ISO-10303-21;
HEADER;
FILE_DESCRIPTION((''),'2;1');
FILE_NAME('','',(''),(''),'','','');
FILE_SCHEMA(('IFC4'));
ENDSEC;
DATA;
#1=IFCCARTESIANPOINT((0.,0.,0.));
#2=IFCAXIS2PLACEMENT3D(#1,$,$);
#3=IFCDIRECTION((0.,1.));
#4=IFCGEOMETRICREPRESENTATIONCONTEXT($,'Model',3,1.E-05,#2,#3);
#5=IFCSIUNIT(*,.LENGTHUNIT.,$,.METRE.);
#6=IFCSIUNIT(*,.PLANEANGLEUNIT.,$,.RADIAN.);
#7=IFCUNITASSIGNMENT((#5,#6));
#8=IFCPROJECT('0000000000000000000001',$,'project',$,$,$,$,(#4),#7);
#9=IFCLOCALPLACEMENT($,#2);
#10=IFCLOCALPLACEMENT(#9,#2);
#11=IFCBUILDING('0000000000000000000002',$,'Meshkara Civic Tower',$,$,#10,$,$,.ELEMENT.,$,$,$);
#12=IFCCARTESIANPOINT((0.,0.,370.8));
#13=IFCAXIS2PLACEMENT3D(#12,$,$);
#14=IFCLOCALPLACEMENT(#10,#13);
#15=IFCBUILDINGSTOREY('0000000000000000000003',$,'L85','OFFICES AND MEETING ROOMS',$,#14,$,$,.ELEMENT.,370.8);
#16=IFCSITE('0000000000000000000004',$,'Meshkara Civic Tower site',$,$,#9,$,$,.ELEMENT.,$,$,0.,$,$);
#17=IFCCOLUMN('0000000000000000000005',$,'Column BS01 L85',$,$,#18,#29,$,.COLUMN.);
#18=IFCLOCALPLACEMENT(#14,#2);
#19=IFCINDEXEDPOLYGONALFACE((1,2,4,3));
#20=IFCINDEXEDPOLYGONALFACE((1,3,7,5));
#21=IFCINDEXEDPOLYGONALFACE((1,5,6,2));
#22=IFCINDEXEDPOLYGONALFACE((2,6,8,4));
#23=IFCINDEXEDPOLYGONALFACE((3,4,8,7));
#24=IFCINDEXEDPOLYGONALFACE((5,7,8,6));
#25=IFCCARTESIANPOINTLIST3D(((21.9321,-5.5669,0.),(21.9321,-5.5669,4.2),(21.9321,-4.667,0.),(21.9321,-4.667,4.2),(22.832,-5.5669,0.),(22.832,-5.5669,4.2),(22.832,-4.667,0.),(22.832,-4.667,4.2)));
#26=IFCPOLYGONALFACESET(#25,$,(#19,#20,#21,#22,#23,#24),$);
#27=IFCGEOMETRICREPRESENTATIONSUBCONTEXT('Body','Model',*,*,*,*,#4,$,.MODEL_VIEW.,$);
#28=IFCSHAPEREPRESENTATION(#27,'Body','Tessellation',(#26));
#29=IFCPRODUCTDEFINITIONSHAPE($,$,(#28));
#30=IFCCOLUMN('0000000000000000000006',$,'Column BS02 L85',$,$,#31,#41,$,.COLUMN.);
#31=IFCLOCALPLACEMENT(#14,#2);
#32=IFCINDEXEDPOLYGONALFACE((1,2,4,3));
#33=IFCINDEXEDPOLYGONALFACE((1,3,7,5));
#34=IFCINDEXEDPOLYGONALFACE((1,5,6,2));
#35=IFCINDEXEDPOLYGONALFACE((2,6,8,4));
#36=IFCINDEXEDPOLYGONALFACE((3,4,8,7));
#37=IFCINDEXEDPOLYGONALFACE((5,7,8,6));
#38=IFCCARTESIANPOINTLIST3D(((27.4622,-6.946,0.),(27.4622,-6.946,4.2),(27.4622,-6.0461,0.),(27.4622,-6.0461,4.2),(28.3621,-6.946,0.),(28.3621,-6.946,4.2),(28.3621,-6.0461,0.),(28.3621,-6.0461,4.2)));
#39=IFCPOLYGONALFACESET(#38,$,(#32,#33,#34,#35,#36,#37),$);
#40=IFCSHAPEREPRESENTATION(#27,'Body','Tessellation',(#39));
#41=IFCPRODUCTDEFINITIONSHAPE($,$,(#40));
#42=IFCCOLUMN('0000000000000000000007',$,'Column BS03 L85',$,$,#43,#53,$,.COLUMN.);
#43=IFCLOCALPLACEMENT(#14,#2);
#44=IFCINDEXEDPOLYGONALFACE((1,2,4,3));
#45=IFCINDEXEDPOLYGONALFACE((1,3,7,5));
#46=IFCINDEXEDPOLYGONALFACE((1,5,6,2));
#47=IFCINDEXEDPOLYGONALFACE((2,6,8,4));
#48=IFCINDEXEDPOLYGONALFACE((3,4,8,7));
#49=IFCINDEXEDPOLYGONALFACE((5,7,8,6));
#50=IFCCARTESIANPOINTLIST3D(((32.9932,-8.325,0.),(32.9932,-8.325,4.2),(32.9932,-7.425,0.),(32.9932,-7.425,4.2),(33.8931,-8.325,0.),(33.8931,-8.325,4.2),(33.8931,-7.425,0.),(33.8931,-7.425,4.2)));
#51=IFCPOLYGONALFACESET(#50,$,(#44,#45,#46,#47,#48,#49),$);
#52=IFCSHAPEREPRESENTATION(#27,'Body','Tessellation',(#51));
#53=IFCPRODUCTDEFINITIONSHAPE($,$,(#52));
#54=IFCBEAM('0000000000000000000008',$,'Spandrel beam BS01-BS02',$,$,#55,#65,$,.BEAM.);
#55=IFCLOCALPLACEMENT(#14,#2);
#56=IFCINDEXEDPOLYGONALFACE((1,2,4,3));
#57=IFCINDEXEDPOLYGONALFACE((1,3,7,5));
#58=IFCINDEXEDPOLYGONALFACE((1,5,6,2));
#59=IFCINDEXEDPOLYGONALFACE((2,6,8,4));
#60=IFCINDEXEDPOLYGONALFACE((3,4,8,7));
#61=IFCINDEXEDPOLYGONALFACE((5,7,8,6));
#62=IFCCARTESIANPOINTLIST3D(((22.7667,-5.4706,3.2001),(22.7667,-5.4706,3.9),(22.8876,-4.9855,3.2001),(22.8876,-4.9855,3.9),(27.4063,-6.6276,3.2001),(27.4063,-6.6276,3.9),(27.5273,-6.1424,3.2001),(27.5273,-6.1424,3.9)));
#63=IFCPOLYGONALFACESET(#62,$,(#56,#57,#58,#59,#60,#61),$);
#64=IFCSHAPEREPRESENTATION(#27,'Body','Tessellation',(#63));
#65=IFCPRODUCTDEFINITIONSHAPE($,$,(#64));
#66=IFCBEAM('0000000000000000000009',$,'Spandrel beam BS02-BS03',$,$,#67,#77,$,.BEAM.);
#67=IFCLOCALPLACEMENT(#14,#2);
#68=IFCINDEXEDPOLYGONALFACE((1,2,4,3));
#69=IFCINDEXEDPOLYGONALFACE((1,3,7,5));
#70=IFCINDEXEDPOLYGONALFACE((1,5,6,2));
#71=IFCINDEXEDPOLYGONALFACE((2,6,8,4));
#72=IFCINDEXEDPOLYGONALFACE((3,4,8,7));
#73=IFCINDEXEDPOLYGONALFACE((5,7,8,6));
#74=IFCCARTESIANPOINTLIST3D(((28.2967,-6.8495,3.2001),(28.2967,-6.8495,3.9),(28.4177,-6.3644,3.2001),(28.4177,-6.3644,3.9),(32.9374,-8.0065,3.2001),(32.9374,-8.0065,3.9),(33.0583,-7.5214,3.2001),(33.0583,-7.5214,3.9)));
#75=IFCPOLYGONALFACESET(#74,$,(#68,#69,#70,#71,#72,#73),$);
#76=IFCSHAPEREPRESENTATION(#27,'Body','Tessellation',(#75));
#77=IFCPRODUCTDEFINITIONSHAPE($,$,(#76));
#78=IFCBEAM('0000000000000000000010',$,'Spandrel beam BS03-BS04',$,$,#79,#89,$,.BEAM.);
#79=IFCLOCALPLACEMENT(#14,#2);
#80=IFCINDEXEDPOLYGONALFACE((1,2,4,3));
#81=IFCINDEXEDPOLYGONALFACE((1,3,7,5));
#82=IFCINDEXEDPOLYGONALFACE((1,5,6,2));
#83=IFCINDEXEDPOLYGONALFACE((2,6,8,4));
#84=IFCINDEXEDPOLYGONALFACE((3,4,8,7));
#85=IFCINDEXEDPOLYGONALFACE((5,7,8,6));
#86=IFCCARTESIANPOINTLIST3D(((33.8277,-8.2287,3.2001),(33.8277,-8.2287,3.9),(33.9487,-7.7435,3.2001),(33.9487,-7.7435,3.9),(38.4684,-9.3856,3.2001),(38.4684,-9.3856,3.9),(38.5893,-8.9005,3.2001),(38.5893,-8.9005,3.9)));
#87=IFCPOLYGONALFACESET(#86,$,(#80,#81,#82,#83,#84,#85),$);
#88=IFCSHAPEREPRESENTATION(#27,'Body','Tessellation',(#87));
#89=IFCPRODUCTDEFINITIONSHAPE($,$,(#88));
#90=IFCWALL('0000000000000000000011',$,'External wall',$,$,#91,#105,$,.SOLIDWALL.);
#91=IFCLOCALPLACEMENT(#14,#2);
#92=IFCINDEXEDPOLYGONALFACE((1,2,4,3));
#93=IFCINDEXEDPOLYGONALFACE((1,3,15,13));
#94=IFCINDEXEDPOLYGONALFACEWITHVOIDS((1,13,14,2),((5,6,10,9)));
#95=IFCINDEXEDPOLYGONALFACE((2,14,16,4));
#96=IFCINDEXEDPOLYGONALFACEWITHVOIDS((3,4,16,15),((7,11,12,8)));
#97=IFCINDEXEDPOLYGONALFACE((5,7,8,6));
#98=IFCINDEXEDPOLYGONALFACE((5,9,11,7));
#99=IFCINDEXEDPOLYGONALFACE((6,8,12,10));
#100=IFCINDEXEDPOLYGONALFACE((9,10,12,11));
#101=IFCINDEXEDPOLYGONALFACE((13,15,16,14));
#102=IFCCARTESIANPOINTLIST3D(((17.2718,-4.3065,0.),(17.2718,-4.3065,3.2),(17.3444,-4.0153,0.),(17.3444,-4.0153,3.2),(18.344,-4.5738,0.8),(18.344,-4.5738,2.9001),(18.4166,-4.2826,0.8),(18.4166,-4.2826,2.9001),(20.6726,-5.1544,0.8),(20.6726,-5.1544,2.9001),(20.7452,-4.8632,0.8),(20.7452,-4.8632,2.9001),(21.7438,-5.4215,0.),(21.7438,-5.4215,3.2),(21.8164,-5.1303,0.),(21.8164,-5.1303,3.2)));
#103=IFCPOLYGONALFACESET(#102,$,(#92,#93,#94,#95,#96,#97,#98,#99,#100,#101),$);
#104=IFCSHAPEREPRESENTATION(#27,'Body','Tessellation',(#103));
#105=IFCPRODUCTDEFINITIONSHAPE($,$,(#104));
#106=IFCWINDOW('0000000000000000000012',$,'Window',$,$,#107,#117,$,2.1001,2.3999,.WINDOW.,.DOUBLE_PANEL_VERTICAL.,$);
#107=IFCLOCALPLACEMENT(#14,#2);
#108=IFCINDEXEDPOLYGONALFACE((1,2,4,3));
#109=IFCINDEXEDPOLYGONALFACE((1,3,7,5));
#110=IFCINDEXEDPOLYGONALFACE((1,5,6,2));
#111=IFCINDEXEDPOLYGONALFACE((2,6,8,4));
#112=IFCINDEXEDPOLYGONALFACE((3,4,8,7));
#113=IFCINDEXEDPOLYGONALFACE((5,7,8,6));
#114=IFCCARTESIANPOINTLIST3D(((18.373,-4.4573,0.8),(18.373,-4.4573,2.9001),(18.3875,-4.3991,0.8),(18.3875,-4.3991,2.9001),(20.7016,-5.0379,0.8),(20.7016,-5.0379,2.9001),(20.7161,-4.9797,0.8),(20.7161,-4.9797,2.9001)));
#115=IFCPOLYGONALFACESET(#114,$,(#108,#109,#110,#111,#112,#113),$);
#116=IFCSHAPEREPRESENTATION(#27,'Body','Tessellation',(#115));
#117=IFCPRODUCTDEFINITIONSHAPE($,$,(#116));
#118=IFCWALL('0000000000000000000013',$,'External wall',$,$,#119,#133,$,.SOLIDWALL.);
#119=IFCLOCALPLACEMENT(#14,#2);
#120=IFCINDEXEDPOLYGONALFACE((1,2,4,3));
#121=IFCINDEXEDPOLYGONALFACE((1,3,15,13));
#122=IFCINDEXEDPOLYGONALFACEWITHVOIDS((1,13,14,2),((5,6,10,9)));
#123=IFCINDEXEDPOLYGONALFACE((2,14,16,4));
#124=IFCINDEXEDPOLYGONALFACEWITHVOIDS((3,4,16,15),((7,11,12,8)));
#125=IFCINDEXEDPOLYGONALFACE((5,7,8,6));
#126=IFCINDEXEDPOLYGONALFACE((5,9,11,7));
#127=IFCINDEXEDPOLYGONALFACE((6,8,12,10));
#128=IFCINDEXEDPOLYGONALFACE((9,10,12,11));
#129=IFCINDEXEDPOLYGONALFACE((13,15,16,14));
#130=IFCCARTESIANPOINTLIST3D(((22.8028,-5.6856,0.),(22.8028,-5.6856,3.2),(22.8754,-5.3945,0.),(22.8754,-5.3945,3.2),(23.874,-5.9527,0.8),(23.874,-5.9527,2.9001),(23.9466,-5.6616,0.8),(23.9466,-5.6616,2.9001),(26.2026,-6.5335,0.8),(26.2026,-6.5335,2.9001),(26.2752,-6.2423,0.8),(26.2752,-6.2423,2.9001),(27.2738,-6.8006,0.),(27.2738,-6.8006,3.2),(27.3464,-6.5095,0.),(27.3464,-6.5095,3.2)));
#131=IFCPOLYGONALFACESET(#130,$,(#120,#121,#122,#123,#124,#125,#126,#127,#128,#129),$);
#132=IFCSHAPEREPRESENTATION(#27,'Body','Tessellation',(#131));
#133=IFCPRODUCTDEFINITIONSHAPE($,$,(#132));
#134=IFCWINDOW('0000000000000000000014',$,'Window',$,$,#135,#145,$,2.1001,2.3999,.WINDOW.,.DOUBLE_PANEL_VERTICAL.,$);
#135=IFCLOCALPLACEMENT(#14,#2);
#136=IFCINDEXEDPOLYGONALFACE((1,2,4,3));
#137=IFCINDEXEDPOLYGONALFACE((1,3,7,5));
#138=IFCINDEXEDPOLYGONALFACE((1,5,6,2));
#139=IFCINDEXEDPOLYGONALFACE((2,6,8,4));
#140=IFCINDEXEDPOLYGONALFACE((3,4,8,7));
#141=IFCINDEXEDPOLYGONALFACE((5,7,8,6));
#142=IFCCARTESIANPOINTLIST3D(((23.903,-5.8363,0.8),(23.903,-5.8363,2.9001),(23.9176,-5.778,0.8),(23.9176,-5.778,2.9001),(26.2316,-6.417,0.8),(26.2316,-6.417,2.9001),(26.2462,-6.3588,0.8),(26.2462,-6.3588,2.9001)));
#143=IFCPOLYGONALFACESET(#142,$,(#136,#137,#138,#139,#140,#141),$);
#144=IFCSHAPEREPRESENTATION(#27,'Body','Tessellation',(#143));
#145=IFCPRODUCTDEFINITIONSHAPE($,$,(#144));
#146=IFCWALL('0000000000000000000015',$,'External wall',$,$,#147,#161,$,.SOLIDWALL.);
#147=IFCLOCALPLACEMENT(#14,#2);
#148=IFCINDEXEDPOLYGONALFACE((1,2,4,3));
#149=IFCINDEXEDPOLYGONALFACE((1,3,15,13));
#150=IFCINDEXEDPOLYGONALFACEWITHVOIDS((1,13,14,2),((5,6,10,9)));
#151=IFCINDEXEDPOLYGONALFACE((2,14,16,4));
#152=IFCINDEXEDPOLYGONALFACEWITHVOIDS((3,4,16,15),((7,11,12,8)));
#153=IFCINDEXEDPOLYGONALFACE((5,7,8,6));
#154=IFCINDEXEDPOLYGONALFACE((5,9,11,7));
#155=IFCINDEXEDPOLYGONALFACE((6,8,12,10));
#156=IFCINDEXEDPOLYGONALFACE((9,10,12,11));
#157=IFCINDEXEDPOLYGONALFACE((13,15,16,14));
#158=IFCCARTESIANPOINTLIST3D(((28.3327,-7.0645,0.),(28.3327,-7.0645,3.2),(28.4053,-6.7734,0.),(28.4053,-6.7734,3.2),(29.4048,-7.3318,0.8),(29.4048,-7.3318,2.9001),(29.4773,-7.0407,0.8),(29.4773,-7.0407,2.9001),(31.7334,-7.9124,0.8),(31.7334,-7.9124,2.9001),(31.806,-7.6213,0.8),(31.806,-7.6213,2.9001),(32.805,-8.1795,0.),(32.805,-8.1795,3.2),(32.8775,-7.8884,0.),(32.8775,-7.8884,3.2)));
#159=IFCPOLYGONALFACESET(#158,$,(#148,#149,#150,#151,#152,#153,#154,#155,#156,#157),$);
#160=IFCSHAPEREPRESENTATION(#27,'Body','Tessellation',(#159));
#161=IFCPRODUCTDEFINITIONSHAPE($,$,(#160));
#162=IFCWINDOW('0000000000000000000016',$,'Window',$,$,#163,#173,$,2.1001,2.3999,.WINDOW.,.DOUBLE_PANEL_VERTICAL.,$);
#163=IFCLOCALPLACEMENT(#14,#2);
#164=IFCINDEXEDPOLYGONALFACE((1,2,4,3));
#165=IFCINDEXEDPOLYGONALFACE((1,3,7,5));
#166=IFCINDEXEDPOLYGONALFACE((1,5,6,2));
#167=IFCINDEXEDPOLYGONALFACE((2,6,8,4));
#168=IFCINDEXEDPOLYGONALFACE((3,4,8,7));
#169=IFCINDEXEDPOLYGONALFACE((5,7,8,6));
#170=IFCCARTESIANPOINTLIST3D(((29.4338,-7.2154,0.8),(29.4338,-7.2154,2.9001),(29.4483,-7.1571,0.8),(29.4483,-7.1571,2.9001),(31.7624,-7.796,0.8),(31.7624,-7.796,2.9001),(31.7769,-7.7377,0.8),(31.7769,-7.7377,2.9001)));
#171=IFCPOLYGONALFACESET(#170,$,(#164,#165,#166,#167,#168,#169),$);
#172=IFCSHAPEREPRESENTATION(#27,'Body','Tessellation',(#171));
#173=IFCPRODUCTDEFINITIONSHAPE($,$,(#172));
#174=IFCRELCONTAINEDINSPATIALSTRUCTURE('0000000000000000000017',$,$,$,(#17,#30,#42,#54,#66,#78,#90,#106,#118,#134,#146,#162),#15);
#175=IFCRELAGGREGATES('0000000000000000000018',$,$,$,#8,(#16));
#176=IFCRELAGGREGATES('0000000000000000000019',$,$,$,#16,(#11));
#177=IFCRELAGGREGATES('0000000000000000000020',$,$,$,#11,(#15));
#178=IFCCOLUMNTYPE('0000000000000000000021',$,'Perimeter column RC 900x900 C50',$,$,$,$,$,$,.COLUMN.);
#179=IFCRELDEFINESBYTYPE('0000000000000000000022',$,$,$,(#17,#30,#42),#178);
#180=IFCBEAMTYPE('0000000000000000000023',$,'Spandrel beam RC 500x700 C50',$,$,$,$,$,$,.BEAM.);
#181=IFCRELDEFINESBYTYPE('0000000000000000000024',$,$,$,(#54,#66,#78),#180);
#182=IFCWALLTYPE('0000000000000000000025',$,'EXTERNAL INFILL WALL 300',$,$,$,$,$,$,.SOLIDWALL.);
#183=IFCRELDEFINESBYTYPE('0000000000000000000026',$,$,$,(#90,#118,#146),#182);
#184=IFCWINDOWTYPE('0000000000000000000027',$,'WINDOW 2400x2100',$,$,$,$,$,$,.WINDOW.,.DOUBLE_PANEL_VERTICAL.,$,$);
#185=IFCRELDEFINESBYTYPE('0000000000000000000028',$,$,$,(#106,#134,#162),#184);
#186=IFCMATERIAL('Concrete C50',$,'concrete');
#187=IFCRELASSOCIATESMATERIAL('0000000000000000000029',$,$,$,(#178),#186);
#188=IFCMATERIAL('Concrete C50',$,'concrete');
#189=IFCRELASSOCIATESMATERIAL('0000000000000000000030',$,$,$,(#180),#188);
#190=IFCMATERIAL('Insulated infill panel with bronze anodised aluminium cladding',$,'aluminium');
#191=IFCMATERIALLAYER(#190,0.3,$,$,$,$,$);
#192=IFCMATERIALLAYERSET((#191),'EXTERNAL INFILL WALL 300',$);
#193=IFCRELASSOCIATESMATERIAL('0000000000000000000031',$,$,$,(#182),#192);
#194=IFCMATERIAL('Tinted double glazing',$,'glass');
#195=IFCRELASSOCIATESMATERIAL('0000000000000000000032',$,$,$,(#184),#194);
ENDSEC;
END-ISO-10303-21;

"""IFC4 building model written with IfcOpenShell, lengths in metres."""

from ifc_helpers import new_model, si_unit, direction, frame, frame_2d, origin, origin_2d, place, context, subcontext, project, spatial, rectangle, extrude, material, layer, layer_set, material_profile, profile_set, type_object, element, fill, save


model = new_model("IFC4")

# Units and contexts
model_context = context("Model", 3, precision=1e-05, world=origin(), true_north=direction((0.0, 1.0)))
body_context = subcontext(model_context, "Body", "Model", "MODEL_VIEW")
ifc_project = project(units=[si_unit("LENGTHUNIT", "METRE"), si_unit("PLANEANGLEUNIT", "RADIAN")], contexts=[model_context])

# Site, building, storey
site_placement = place(None, origin())
site = spatial("IfcSite", under=ifc_project, at=site_placement, Name="Meshkara Civic Tower site", CompositionType="ELEMENT", RefElevation=0.0)
building_placement = place(site_placement, origin())
building = spatial("IfcBuilding", under=site, at=building_placement, Name="Meshkara Civic Tower", CompositionType="ELEMENT")
storey_placement = place(building_placement, frame((0.0, 0.0, 370.8)))
storey = spatial("IfcBuildingStorey", under=building, at=storey_placement, Name="L85", Description="OFFICES AND MEETING ROOMS", CompositionType="ELEMENT", Elevation=370.8)

# Columns
ifc_material_1 = material(Name="Concrete C50", Category="concrete")
ifc_material_profile_1 = material_profile(ifc_material_1, rectangle(XDim=0.8999, YDim=0.8999, at=origin_2d()))
ifc_profile_set_1 = profile_set([ifc_material_profile_1], Name="Concrete C50")
column_type = type_object("IfcColumnType", Name="Perimeter column RC 900x900 C50", PredefinedType="COLUMN", material=ifc_profile_set_1)
for number, where, z_axis, x_axis, name in (
    (1, (22.3821, -5.1169, 0.0), (0.0, 0.0, 1.0), (1.0, 0.0, 0.0), "Column BS01 L85"),
    (2, (27.9121, -6.4961, 0.0), (0.0, 0.0, 1.0), (1.0, 0.0, 0.0), "Column BS02 L85"),
    (3, (33.4431, -7.875, 0.0), (0.0, 0.0, 1.0), (1.0, 0.0, 0.0), "Column BS03 L85"),
):
    element("IfcColumn", number, at=place(storey_placement, frame(where, z_axis=z_axis, x_axis=x_axis)), inside=storey, type_object=column_type, Name=name, PredefinedType="COLUMN", context=body_context, shape_type="SweptSolid", body=[
        extrude(rectangle(XDim=0.8999, YDim=0.8999, at=origin_2d()), origin(), (0.0, 0.0, 1.0), 4.2),
    ])

# Beams
ifc_material_2 = material(Name="Concrete C50", Category="concrete")
ifc_material_profile_2 = material_profile(ifc_material_2, rectangle(XDim=0.5, YDim=0.7, at=origin_2d()))
ifc_profile_set_2 = profile_set([ifc_material_profile_2], Name="Concrete C50")
beam_type = type_object("IfcBeamType", Name="Spandrel beam RC 500x700 C50", PredefinedType="BEAM", material=ifc_profile_set_2)
beam_placement = place(storey_placement, frame((22.8271, -5.228, 3.55), z_axis=(0.970286, -0.241959, 0.0), x_axis=(0.241959, 0.970286, 0.0)))
element("IfcBeam", 4, at=beam_placement, inside=storey, type_object=beam_type, Name="Spandrel beam BS01-BS02", PredefinedType="BEAM", context=body_context, shape_type="SweptSolid", body=[
    extrude(rectangle(XDim=0.5, YDim=0.7, at=origin_2d()), origin(), (0.0, 0.0, 1.0), 4.7817),
])
for number, where, z_axis, x_axis, name in (
    (5, (28.3572, -6.6069, 3.55), (0.970298, -0.241911, 0.0), (0.241911, 0.970298, 0.0), "Spandrel beam BS02-BS03"),
    (6, (33.8882, -7.9861, 3.55), (0.970298, -0.241911, 0.0), (0.241911, 0.970298, 0.0), "Spandrel beam BS03-BS04"),
):
    element("IfcBeam", number, at=place(storey_placement, frame(where, z_axis=z_axis, x_axis=x_axis)), inside=storey, type_object=beam_type, Name=name, PredefinedType="BEAM", context=body_context, shape_type="SweptSolid", body=[
        extrude(rectangle(XDim=0.5, YDim=0.7, at=origin_2d()), origin(), (0.0, 0.0, 1.0), 4.7827),
    ])

# Walls, openings, windows
ifc_material_3 = material(Name="Insulated infill panel with bronze anodised aluminium cladding", Category="aluminium")
ifc_layer_1 = layer(ifc_material_3, 0.3)
ifc_layer_set_1 = layer_set([ifc_layer_1], Name="EXTERNAL INFILL WALL 300")
wall_type_1 = type_object("IfcWallType", Name="EXTERNAL INFILL WALL 300", PredefinedType="SOLIDWALL", material=ifc_layer_set_1)
wall_1_placement = place(storey_placement, frame((17.3081, -4.1609, 0.0), z_axis=(0.0, 0.0, 1.0), x_axis=(0.970295, -0.241925, 0.0)))
wall_1 = element("IfcWall", 7, at=wall_1_placement, inside=storey, type_object=wall_type_1, Name="External wall", PredefinedType="SOLIDWALL", context=body_context, shape_type="SweptSolid", body=[
    extrude(rectangle(XDim=4.6089, YDim=0.3, at=frame_2d((2.3044, 0.0))), origin(), (0.0, 0.0, 1.0), 3.2),
])
opening_1_placement = place(wall_1_placement, frame((1.105, 0.0, 0.8)))
opening_1 = element("IfcOpeningElement", 8, at=opening_1_placement, cuts=wall_1, PredefinedType="OPENING", context=body_context, shape_type="SweptSolid", body=[
    extrude(rectangle(XDim=2.3999, YDim=2.1001, at=frame_2d((1.2, 1.05))), frame((0.0, 0.1599, 0.0), z_axis=(0.0, -1.0, 0.0), x_axis=(1.0, 0.0, 0.0)), (0.0, 0.0, 1.0), 0.3201),
])
ifc_material_4 = material(Name="Tinted double glazing", Category="glass")
window_type = type_object("IfcWindowType", Name="WINDOW 2400x2100", PartitioningType="DOUBLE_PANEL_VERTICAL", PredefinedType="WINDOW", material=ifc_material_4)
window_1_placement = place(opening_1_placement, origin())
window_1 = element("IfcWindow", 9, at=window_1_placement, inside=storey, type_object=window_type, Name="Window", OverallHeight=2.1001, OverallWidth=2.3999, PartitioningType="DOUBLE_PANEL_VERTICAL", PredefinedType="WINDOW", context=body_context, shape_type="SweptSolid", body=[
    extrude(rectangle(XDim=2.3999, YDim=2.1001, at=frame_2d((1.2, 1.05))), frame((0.0, 0.03, 0.0), z_axis=(0.0, -1.0, 0.0), x_axis=(1.0, 0.0, 0.0)), (0.0, 0.0, 1.0), 0.0601),
])
fill(opening_1, window_1)
wall_2_placement = place(storey_placement, frame((22.8391, -5.54, 0.0), z_axis=(0.0, 0.0, 1.0), x_axis=(0.970283, -0.241975, 0.0)))
wall_2 = element("IfcWall", 10, at=wall_2_placement, inside=storey, type_object=wall_type_1, Name="External wall", PredefinedType="SOLIDWALL", context=body_context, shape_type="SweptSolid", body=[
    extrude(rectangle(XDim=4.6079, YDim=0.3, at=frame_2d((2.304, 0.0))), origin(), (0.0, 0.0, 1.0), 3.2),
])
opening_2_placement = place(wall_2_placement, frame((1.104, 0.0, 0.8)))
opening_2 = element("IfcOpeningElement", 11, at=opening_2_placement, cuts=wall_2, PredefinedType="OPENING", context=body_context, shape_type="SweptSolid", body=[
    extrude(rectangle(XDim=2.3999, YDim=2.1001, at=frame_2d((1.2, 1.05))), frame((0.0, 0.1599, 0.0), z_axis=(0.0, -1.0, 0.0), x_axis=(1.0, 0.0, 0.0)), (0.0, 0.0, 1.0), 0.3201),
])
window_2_placement = place(opening_2_placement, origin())
window_2 = element("IfcWindow", 12, at=window_2_placement, inside=storey, type_object=window_type, Name="Window", OverallHeight=2.1001, OverallWidth=2.3999, PartitioningType="DOUBLE_PANEL_VERTICAL", PredefinedType="WINDOW", context=body_context, shape_type="SweptSolid", body=[
    extrude(rectangle(XDim=2.3999, YDim=2.1001, at=frame_2d((1.2, 1.05))), frame((0.0, 0.03, 0.0), z_axis=(0.0, -1.0, 0.0), x_axis=(1.0, 0.0, 0.0)), (0.0, 0.0, 1.0), 0.0601),
])
fill(opening_2, window_2)
wall_3_placement = place(storey_placement, frame((28.3689, -6.9189, 0.0), z_axis=(0.0, 0.0, 1.0), x_axis=(0.970298, -0.241912, 0.0)))
wall_3 = element("IfcWall", 13, at=wall_3_placement, inside=storey, type_object=wall_type_1, Name="External wall", PredefinedType="SOLIDWALL", context=body_context, shape_type="SweptSolid", body=[
    extrude(rectangle(XDim=4.6091, YDim=0.3, at=frame_2d((2.3047, 0.0))), origin(), (0.0, 0.0, 1.0), 3.2),
])
opening_3_placement = place(wall_3_placement, frame((1.105, 0.0, 0.8)))
opening_3 = element("IfcOpeningElement", 14, at=opening_3_placement, cuts=wall_3, PredefinedType="OPENING", context=body_context, shape_type="SweptSolid", body=[
    extrude(rectangle(XDim=2.3999, YDim=2.1001, at=frame_2d((1.2, 1.05))), frame((0.0, 0.1599, 0.0), z_axis=(0.0, -1.0, 0.0), x_axis=(1.0, 0.0, 0.0)), (0.0, 0.0, 1.0), 0.3201),
])
window_3_placement = place(opening_3_placement, origin())
window_3 = element("IfcWindow", 15, at=window_3_placement, inside=storey, type_object=window_type, Name="Window", OverallHeight=2.1001, OverallWidth=2.3999, PartitioningType="DOUBLE_PANEL_VERTICAL", PredefinedType="WINDOW", context=body_context, shape_type="SweptSolid", body=[
    extrude(rectangle(XDim=2.3999, YDim=2.1001, at=frame_2d((1.2, 1.05))), frame((0.0, 0.03, 0.0), z_axis=(0.0, -1.0, 0.0), x_axis=(1.0, 0.0, 0.0)), (0.0, 0.0, 1.0), 0.0601),
])
fill(opening_3, window_3)

save(model, "model.ifc")
